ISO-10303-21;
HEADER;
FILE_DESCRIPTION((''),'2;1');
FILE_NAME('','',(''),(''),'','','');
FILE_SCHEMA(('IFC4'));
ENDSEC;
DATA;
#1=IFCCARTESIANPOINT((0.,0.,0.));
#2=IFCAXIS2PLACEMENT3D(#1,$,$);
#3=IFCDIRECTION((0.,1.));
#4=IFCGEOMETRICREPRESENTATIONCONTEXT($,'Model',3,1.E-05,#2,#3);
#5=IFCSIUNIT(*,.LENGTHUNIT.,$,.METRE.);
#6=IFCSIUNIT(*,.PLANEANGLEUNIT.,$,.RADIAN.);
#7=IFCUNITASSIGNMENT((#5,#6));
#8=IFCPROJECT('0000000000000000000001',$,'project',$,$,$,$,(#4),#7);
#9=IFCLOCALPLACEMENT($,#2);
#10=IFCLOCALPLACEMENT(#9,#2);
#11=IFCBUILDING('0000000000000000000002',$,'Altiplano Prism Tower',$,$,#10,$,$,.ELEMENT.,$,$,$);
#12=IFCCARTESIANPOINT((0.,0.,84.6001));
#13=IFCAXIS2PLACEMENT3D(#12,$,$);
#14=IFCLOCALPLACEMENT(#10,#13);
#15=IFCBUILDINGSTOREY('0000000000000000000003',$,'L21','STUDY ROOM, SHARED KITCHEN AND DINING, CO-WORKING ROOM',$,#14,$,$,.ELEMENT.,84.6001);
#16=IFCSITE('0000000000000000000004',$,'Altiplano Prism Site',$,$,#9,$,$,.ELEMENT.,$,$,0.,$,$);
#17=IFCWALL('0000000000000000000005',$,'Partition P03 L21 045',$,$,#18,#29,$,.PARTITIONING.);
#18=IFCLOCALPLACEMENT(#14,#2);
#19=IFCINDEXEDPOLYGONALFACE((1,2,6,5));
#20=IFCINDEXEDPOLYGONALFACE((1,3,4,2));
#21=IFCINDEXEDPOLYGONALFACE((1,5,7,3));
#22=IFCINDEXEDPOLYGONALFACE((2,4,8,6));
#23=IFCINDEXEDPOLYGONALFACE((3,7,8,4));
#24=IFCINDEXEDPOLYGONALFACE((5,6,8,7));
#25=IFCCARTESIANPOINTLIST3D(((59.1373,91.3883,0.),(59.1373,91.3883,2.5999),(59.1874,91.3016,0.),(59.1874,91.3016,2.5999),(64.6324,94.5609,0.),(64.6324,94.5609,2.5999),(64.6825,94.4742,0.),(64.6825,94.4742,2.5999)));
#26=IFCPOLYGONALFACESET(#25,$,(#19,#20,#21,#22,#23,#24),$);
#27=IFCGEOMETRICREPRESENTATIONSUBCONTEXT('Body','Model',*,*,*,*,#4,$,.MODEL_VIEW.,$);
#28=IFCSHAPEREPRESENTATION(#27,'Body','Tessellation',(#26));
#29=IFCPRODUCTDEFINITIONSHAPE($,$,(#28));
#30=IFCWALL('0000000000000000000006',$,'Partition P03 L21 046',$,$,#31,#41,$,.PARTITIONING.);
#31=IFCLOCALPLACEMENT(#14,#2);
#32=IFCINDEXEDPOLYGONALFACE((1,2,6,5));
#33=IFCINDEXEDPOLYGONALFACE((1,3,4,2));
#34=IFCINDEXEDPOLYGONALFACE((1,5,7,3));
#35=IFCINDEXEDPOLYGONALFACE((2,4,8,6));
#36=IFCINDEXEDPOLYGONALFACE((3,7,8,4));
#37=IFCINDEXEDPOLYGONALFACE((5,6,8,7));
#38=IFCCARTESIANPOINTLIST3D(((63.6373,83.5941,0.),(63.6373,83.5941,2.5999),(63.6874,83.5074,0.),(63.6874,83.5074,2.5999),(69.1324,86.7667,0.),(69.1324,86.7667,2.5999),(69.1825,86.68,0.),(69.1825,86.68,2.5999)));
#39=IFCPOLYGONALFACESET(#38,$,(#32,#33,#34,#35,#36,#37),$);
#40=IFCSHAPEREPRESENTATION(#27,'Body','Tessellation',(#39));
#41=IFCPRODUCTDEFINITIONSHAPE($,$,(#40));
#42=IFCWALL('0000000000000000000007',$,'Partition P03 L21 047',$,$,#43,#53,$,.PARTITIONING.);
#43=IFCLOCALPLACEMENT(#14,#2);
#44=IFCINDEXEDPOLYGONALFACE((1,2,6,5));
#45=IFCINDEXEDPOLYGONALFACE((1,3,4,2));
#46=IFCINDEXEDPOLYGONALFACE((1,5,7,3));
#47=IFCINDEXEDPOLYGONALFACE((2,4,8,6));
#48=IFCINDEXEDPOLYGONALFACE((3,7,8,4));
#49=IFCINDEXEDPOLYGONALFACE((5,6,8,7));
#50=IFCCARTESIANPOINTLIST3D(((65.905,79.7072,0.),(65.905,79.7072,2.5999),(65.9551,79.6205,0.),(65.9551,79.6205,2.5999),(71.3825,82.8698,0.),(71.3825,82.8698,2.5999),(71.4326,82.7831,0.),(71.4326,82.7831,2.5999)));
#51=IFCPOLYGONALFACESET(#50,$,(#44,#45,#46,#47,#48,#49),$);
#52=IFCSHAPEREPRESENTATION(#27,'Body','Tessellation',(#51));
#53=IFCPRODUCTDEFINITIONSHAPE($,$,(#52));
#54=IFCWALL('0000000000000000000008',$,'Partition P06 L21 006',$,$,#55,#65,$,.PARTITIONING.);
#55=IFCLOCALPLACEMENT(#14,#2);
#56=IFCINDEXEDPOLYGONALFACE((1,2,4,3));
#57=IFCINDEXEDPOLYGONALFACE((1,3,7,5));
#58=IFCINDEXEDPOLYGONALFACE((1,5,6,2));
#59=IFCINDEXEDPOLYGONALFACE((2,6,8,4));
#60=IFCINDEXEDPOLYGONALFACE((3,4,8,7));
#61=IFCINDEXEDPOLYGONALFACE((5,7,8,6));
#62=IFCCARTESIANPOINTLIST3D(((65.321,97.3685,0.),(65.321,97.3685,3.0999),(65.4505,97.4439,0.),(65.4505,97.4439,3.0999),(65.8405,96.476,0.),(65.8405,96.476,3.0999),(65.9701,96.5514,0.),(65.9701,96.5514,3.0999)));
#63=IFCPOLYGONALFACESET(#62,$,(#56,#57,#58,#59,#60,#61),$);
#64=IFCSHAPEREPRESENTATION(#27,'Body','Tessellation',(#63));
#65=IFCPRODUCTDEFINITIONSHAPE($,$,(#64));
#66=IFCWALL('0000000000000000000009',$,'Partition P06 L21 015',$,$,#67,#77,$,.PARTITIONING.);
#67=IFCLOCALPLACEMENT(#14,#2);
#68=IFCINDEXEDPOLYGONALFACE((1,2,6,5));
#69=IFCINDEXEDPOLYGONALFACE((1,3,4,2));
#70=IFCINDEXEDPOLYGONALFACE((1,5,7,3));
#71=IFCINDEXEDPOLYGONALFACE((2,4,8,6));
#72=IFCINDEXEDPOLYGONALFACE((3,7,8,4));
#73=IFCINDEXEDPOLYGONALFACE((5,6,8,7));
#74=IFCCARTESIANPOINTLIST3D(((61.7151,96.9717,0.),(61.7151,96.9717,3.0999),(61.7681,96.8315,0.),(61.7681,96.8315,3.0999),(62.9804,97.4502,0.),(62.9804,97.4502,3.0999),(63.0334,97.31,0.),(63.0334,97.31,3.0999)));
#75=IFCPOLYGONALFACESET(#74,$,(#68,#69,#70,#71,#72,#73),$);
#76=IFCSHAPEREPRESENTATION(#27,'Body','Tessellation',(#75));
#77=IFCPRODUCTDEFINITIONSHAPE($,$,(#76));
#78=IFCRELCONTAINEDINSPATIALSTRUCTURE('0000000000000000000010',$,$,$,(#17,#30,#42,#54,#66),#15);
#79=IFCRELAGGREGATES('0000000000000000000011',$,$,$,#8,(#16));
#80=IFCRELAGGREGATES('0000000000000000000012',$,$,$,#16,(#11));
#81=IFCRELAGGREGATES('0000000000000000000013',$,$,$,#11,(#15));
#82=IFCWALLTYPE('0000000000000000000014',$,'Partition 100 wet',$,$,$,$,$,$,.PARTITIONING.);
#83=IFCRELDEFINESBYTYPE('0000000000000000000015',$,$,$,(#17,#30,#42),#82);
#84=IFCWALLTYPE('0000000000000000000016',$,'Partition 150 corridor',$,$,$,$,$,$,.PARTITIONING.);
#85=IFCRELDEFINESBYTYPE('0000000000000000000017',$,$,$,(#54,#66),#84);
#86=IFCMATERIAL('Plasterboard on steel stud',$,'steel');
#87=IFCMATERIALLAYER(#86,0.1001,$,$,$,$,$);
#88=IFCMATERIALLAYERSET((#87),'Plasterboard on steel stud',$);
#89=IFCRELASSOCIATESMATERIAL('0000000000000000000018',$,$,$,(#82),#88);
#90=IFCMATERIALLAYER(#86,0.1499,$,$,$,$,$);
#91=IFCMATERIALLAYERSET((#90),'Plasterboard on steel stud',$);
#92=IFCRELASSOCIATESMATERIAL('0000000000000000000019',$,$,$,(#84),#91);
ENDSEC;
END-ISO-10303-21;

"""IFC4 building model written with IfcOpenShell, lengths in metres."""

from ifc_helpers import new_model, si_unit, direction, frame, frame_2d, origin, place, context, subcontext, project, spatial, rectangle, extrude, material, layer, layer_set, type_object, element, save


model = new_model("IFC4")

# Units and contexts
model_context = context("Model", 3, precision=1e-05, world=origin(), true_north=direction((0.0, 1.0)))
body_context = subcontext(model_context, "Body", "Model", "MODEL_VIEW")
ifc_project = project(units=[si_unit("LENGTHUNIT", "METRE"), si_unit("PLANEANGLEUNIT", "RADIAN")], contexts=[model_context])

# Site, building, storey
site_placement = place(None, origin())
site = spatial("IfcSite", under=ifc_project, at=site_placement, Name="Altiplano Prism Site", CompositionType="ELEMENT", RefElevation=0.0)
building_placement = place(site_placement, origin())
building = spatial("IfcBuilding", under=site, at=building_placement, Name="Altiplano Prism Tower", CompositionType="ELEMENT")
storey_placement = place(building_placement, frame((0.0, 0.0, 84.6001)))
storey = spatial("IfcBuildingStorey", under=building, at=storey_placement, Name="L21", Description="STUDY ROOM, SHARED KITCHEN AND DINING, CO-WORKING ROOM", CompositionType="ELEMENT", Elevation=84.6001)

# Walls
ifc_material_1 = material(Name="Plasterboard on steel stud", Category="steel")
ifc_layer_1 = layer(ifc_material_1, 0.1001)
ifc_layer_set_1 = layer_set([ifc_layer_1], Name="Plasterboard on steel stud")
wall_type_1 = type_object("IfcWallType", Name="Partition 100 wet", PredefinedType="PARTITIONING", material=ifc_layer_set_1)
for number, where, z_axis, x_axis, name in (
    (1, (59.1624, 91.345, 0.0), (0.0, 0.0, 1.0), (0.866025, 0.5, 0.0), "Partition P03 L21 045"),
    (2, (63.6624, 83.5508, 0.0), (0.0, 0.0, 1.0), (0.866025, 0.5, 0.0), "Partition P03 L21 046"),
):
    element("IfcWall", number, at=place(storey_placement, frame(where, z_axis=z_axis, x_axis=x_axis)), inside=storey, type_object=wall_type_1, Name=name, PredefinedType="PARTITIONING", context=body_context, shape_type="SweptSolid", body=[
        extrude(rectangle(XDim=6.3452, YDim=0.1001, at=frame_2d((3.1726, 0.0))), origin(), (0.0, 0.0, 1.0), 2.5999),
    ])
wall_1_placement = place(storey_placement, frame((65.9299, 79.6638, 0.0), z_axis=(0.0, 0.0, 1.0), x_axis=(0.866016, 0.500016, 0.0)))
element("IfcWall", 3, at=wall_1_placement, inside=storey, type_object=wall_type_1, Name="Partition P03 L21 047", PredefinedType="PARTITIONING", context=body_context, shape_type="SweptSolid", body=[
    extrude(rectangle(XDim=6.325, YDim=0.1001, at=frame_2d((3.1626, 0.0))), origin(), (0.0, 0.0, 1.0), 2.5999),
])
ifc_layer_2 = layer(ifc_material_1, 0.1499)
ifc_layer_set_2 = layer_set([ifc_layer_2], Name="Plasterboard on steel stud")
wall_type_2 = type_object("IfcWallType", Name="Partition 150 corridor", PredefinedType="PARTITIONING", material=ifc_layer_set_2)
wall_2_placement = place(storey_placement, frame((65.9053, 96.5137, 0.0), z_axis=(0.0, 0.0, 1.0), x_axis=(-0.503048, 0.864259, 0.0)))
element("IfcWall", 4, at=wall_2_placement, inside=storey, type_object=wall_type_2, Name="Partition P06 L21 006", PredefinedType="PARTITIONING", context=body_context, shape_type="SweptSolid", body=[
    extrude(rectangle(XDim=1.0327, YDim=0.1499, at=frame_2d((0.5164, 0.0))), origin(), (0.0, 0.0, 1.0), 3.0999),
])
wall_3_placement = place(storey_placement, frame((61.7417, 96.9016, 0.0), z_axis=(0.0, 0.0, 1.0), x_axis=(0.935354, 0.353713, 0.0)))
element("IfcWall", 5, at=wall_3_placement, inside=storey, type_object=wall_type_2, Name="Partition P06 L21 015", PredefinedType="PARTITIONING", context=body_context, shape_type="SweptSolid", body=[
    extrude(rectangle(XDim=1.3528, YDim=0.1499, at=frame_2d((0.6763, 0.0))), origin(), (0.0, 0.0, 1.0), 3.0999),
])

save(model, "model.ifc")
